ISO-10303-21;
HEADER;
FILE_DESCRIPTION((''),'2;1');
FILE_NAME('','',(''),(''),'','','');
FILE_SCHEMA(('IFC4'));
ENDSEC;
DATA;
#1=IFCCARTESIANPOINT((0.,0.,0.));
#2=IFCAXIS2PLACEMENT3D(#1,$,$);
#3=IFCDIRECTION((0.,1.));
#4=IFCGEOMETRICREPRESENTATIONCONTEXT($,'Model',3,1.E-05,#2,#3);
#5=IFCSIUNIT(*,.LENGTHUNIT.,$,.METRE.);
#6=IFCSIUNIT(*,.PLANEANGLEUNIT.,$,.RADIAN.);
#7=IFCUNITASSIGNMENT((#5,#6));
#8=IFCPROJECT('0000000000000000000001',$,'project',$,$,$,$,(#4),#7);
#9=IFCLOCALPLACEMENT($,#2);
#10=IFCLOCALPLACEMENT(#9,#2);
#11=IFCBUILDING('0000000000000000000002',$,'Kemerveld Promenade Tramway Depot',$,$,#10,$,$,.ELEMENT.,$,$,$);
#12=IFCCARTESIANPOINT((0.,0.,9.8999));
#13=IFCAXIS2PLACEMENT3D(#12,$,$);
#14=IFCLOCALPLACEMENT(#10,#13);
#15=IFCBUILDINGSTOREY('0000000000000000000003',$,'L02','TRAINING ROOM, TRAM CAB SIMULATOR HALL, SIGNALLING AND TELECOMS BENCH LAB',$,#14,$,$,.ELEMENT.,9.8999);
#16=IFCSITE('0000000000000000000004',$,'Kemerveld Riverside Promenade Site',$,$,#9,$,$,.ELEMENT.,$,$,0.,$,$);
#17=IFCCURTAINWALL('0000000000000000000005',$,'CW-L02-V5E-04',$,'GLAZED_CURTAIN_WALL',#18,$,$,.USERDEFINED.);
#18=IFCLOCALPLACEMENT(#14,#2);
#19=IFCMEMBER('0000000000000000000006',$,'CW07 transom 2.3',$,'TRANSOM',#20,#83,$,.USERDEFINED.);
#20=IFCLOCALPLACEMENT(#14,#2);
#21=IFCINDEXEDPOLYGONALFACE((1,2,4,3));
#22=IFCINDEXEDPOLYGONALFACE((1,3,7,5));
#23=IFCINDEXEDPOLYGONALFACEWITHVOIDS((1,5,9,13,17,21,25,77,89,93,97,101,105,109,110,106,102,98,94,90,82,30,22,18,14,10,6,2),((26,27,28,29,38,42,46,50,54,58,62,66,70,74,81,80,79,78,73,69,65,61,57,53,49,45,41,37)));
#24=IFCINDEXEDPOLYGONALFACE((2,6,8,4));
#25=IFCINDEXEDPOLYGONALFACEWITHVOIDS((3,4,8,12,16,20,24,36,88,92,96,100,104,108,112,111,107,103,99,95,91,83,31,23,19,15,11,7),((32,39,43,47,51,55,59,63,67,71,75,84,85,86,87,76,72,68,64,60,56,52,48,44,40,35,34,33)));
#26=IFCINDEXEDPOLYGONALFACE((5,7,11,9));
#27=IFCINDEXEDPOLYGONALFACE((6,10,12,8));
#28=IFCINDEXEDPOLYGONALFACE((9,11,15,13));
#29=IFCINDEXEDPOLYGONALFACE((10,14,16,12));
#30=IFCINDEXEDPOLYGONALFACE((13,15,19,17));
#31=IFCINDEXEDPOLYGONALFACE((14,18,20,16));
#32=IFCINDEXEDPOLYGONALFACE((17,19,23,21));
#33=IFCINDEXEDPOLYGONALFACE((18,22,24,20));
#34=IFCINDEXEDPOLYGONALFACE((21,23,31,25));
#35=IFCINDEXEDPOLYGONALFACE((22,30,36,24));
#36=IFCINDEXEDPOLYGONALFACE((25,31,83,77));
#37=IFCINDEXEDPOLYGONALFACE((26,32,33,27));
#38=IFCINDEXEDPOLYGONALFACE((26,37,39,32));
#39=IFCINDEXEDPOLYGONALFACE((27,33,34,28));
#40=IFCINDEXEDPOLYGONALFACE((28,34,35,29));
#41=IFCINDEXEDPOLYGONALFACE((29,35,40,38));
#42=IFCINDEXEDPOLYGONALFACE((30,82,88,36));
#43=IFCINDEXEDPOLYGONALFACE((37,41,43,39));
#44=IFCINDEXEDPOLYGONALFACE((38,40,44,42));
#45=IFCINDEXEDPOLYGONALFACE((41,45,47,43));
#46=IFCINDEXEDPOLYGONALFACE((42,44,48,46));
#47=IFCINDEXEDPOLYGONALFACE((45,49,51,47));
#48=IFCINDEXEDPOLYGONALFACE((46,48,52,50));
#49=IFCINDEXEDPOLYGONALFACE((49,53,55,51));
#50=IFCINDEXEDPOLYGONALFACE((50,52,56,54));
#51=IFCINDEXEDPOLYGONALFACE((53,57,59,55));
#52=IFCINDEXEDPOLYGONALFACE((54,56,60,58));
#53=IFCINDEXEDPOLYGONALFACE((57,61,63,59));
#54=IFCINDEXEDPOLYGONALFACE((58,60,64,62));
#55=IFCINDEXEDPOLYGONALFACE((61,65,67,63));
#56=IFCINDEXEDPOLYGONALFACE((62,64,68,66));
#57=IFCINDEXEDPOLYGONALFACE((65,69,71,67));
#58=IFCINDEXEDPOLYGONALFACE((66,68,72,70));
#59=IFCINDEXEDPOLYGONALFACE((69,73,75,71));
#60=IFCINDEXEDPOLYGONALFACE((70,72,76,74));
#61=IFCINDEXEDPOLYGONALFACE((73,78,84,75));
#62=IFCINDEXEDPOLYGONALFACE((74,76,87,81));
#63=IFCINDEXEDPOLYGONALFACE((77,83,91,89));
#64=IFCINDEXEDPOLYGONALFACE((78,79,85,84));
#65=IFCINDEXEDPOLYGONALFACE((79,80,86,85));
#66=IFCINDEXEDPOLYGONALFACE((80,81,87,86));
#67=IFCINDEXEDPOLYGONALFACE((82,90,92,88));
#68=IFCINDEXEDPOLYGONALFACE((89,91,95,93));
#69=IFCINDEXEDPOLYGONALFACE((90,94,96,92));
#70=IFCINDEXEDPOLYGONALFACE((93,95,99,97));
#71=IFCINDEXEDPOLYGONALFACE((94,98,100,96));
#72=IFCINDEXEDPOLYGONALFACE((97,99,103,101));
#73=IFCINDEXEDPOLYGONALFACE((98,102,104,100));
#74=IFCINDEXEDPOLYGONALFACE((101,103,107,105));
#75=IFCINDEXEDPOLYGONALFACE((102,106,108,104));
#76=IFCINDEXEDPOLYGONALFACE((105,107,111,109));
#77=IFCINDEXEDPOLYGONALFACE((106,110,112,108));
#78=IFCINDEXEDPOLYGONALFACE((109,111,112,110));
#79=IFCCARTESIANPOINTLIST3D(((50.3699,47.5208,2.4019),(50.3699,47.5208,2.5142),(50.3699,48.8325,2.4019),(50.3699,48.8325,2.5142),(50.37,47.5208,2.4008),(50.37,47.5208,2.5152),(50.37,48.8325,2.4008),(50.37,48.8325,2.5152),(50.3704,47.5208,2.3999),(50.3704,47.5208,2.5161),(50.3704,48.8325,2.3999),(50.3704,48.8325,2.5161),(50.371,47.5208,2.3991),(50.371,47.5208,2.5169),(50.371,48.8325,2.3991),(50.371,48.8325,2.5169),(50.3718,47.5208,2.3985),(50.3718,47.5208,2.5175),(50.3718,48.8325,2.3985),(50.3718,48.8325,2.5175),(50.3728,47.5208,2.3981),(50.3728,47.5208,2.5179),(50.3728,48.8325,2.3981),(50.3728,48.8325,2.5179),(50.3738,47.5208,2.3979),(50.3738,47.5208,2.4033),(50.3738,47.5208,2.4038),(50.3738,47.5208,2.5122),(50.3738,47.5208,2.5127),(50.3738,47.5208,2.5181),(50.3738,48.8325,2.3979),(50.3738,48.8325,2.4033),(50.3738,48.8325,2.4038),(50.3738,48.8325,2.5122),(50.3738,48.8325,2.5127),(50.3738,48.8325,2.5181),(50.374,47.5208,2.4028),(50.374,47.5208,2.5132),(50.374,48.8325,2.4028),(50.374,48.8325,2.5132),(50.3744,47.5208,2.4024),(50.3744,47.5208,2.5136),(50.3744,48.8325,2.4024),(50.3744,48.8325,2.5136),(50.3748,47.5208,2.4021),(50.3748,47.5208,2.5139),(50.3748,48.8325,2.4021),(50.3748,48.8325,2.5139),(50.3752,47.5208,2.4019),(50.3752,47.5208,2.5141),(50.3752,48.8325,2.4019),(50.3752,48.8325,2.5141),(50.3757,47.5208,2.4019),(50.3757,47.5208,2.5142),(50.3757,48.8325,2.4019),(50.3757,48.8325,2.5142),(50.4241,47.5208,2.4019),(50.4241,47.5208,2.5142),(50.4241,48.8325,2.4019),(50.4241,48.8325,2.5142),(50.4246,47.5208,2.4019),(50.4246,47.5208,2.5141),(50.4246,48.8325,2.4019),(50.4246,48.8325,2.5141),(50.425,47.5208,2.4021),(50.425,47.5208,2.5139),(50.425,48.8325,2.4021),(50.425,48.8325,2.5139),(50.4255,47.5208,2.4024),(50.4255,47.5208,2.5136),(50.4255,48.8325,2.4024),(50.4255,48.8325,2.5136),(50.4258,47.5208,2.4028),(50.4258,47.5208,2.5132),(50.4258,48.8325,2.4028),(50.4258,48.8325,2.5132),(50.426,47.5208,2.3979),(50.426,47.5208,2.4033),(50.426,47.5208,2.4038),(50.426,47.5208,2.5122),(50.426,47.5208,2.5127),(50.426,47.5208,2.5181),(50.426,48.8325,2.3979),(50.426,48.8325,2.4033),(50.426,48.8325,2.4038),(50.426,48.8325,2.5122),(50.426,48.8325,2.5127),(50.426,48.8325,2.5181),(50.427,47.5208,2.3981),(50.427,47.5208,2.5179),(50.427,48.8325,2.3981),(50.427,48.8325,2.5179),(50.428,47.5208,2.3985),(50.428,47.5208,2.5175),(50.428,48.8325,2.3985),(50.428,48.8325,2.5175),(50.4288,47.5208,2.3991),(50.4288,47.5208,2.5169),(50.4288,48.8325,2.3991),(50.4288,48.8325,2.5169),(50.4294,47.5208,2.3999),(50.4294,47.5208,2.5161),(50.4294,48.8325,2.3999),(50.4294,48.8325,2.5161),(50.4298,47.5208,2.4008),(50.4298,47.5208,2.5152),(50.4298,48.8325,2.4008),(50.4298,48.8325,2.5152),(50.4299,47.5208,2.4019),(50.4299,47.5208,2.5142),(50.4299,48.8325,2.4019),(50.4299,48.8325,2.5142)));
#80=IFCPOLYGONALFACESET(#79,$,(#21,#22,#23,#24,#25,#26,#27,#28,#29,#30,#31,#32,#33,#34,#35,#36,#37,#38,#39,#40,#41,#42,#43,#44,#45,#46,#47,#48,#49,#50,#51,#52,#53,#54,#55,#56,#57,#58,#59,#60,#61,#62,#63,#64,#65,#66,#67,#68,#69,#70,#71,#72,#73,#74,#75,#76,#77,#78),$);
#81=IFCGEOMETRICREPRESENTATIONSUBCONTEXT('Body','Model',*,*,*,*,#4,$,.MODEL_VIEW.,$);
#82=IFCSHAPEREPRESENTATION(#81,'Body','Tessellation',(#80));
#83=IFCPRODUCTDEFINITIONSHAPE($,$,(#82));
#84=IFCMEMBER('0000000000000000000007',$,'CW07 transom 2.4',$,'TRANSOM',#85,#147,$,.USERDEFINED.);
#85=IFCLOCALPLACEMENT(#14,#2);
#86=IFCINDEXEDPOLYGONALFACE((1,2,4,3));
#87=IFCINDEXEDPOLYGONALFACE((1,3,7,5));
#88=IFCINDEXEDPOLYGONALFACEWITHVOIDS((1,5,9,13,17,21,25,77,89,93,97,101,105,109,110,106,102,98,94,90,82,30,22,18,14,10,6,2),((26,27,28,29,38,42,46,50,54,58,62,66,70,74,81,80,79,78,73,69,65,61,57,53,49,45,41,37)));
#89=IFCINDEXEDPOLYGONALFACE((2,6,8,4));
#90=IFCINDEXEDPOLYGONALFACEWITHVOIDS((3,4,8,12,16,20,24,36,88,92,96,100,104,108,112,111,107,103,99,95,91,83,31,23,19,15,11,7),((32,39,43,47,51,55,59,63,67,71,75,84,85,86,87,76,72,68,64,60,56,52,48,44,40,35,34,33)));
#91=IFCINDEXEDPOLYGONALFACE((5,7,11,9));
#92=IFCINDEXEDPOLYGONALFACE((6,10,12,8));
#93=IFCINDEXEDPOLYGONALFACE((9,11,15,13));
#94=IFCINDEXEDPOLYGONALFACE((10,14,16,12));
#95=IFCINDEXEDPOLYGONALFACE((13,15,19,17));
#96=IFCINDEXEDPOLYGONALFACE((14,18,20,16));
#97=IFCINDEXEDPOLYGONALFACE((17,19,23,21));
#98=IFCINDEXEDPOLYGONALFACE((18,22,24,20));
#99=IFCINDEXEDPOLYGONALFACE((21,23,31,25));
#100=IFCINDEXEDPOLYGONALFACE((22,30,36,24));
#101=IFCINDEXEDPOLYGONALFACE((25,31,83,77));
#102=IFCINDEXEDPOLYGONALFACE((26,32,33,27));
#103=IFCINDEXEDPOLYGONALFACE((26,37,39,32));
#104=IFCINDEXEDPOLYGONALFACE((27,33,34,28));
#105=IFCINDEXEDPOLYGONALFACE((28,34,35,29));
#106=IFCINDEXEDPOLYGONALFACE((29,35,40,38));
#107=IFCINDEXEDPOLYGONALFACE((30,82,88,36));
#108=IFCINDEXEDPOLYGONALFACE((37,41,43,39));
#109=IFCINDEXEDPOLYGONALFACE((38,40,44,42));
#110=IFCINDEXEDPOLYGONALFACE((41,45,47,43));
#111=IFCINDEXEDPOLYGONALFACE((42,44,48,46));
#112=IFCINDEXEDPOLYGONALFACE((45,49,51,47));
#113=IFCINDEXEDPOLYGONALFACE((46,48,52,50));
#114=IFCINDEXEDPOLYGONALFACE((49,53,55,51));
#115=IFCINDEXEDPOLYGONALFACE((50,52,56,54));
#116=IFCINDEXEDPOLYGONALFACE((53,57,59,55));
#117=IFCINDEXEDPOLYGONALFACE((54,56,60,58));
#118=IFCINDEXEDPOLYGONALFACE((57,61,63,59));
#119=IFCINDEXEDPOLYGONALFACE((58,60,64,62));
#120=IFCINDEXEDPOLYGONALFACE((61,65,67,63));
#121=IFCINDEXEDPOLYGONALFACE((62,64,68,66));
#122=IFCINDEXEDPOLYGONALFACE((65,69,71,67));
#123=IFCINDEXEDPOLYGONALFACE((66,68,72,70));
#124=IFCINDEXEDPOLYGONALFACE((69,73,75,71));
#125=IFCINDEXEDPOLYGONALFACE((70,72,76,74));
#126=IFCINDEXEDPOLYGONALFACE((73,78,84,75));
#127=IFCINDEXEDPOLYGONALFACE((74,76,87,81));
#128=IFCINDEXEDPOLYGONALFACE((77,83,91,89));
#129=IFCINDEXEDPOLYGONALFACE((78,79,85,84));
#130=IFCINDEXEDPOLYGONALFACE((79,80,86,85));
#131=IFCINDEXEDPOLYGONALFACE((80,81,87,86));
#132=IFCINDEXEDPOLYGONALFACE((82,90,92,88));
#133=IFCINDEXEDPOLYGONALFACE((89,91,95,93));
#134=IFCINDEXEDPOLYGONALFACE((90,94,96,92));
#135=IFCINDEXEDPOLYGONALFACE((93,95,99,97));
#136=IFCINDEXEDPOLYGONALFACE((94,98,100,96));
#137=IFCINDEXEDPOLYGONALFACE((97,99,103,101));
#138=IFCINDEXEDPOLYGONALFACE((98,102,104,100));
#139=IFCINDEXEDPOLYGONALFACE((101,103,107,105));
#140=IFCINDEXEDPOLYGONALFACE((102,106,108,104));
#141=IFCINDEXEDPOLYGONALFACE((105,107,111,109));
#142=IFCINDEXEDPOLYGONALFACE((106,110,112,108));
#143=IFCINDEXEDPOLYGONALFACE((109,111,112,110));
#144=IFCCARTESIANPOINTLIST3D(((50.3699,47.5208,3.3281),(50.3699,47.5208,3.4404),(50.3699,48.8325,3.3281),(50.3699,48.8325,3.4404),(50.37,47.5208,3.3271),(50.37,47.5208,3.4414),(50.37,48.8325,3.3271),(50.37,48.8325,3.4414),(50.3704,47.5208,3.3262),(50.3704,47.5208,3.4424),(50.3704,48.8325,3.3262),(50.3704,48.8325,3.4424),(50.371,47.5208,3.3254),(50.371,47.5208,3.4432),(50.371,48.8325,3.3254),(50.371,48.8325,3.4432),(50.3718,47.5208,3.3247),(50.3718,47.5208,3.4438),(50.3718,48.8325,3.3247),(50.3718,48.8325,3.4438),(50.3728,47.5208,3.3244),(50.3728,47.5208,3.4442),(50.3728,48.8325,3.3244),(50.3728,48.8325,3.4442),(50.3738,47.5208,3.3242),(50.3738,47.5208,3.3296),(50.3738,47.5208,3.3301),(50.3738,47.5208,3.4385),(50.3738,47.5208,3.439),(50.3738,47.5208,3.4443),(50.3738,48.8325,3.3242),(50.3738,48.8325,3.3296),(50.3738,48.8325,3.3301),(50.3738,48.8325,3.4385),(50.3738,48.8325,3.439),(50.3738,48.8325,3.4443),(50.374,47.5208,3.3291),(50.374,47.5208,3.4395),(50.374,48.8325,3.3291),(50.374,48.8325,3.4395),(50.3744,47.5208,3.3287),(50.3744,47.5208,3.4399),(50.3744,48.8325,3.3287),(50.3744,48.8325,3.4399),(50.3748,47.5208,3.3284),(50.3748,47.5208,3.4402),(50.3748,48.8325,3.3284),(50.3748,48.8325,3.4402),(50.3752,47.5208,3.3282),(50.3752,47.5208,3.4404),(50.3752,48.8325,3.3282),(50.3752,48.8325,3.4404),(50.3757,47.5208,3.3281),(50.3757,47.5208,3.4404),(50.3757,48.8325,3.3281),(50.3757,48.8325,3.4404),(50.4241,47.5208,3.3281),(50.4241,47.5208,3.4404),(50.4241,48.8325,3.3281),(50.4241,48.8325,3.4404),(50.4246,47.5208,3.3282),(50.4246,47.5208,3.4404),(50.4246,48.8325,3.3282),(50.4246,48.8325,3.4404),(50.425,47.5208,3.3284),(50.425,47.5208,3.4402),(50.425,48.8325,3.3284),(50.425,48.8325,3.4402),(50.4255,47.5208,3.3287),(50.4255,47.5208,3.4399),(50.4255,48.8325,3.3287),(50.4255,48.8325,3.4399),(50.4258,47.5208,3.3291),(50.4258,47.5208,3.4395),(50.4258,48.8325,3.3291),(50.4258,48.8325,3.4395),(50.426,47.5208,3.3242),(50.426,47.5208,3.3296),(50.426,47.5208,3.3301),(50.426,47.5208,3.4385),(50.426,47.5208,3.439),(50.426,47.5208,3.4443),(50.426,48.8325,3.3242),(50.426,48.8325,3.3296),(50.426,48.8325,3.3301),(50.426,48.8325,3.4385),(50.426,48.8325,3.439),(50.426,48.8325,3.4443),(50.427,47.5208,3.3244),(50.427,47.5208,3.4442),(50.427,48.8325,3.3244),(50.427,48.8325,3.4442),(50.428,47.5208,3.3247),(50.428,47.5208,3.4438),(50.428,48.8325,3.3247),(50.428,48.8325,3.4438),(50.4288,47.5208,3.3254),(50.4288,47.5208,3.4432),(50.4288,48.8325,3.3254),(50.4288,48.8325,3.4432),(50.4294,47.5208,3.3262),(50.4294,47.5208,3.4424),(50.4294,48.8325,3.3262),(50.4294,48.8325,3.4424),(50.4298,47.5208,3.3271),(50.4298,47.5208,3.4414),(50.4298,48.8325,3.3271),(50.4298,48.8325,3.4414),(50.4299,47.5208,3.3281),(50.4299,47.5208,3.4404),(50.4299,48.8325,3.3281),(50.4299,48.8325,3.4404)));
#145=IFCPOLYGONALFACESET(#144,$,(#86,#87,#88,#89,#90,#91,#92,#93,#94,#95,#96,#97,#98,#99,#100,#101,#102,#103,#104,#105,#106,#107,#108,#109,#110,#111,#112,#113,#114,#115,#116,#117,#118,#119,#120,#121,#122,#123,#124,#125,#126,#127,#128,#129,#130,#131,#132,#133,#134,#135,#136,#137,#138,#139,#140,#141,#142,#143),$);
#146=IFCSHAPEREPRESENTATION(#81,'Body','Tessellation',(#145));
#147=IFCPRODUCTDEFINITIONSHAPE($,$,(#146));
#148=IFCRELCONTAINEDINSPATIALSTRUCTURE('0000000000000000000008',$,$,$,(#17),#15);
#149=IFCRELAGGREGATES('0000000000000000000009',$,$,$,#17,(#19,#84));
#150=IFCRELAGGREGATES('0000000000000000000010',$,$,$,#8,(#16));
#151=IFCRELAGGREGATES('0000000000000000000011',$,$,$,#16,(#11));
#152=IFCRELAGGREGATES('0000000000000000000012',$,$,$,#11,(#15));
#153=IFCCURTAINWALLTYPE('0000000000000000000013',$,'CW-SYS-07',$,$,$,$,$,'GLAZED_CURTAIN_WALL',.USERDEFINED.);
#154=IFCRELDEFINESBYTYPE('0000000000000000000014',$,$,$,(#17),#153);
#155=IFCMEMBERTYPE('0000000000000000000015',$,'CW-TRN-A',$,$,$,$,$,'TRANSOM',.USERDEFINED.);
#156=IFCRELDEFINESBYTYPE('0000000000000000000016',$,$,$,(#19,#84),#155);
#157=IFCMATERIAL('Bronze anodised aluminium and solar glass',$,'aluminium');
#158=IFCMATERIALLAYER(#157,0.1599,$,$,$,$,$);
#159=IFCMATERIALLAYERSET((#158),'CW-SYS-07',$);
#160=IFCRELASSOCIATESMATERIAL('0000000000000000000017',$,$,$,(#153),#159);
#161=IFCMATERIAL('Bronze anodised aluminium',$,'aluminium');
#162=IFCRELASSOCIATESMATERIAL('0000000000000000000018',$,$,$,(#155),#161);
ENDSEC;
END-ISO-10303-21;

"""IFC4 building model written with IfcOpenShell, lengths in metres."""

from ifc_helpers import new_model, si_unit, direction, frame, origin, origin_2d, place, context, subcontext, project, spatial, hollow_rectangle, extrude, material, layer, layer_set, material_profile, profile_set, type_object, element, aggregate, save


model = new_model("IFC4")

# Units and contexts
model_context = context("Model", 3, precision=1e-05, world=origin(), true_north=direction((0.0, 1.0)))
body_context = subcontext(model_context, "Body", "Model", "MODEL_VIEW")
ifc_project = project(units=[si_unit("LENGTHUNIT", "METRE"), si_unit("PLANEANGLEUNIT", "RADIAN")], contexts=[model_context])

# Site, building, storey
site_placement = place(None, origin())
site = spatial("IfcSite", under=ifc_project, at=site_placement, Name="Kemerveld Riverside Promenade Site", CompositionType="ELEMENT", RefElevation=0.0)
building_placement = place(site_placement, origin())
building = spatial("IfcBuilding", under=site, at=building_placement, Name="Kemerveld Promenade Tramway Depot", CompositionType="ELEMENT")
storey_placement = place(building_placement, frame((0.0, 0.0, 9.8999)))
storey = spatial("IfcBuildingStorey", under=building, at=storey_placement, Name="L02", Description="TRAINING ROOM, TRAM CAB SIMULATOR HALL, SIGNALLING AND TELECOMS BENCH LAB", CompositionType="ELEMENT", Elevation=9.8999)

# Curtain wall, members
ifc_material_1 = material(Name="Bronze anodised aluminium and solar glass", Category="aluminium")
ifc_layer_1 = layer(ifc_material_1, 0.1599)
ifc_layer_set_1 = layer_set([ifc_layer_1], Name="CW-SYS-07")
curtain_wall_type = type_object("IfcCurtainWallType", Name="CW-SYS-07", ElementType="GLAZED_CURTAIN_WALL", PredefinedType="USERDEFINED", material=ifc_layer_set_1)
curtain_wall_placement = place(storey_placement, origin())
curtain_wall = element("IfcCurtainWall", 1, at=curtain_wall_placement, inside=storey, type_object=curtain_wall_type, Name="CW-L02-V5E-04", ObjectType="GLAZED_CURTAIN_WALL", PredefinedType="USERDEFINED")
ifc_material_2 = material(Name="Bronze anodised aluminium", Category="aluminium")
ifc_material_profile_1 = material_profile(ifc_material_2, hollow_rectangle(XDim=0.0601, YDim=0.1201, WallThickness=0.0039, InnerFilletRadius=0.002, OuterFilletRadius=0.0039, at=origin_2d()), Name="CW-TRN-120x60")
ifc_profile_set_1 = profile_set([ifc_material_profile_1], Name="Bronze anodised aluminium")
member_type_1 = type_object("IfcMemberType", Name="CW-TRN-A", ElementType="TRANSOM", PredefinedType="USERDEFINED", material=ifc_profile_set_1)
member_1_placement = place(storey_placement, frame((50.3999, 48.8325, 2.458), z_axis=(0.0, -1.0, 0.0), x_axis=(1.0, 0.0, 0.0)))
member_1 = element("IfcMember", 2, at=member_1_placement, type_object=member_type_1, Name="CW07 transom 2.3", ObjectType="TRANSOM", PredefinedType="USERDEFINED", context=body_context, shape_type="SweptSolid", body=[
    extrude(hollow_rectangle(XDim=0.0601, YDim=0.1201, WallThickness=0.0039, InnerFilletRadius=0.002, OuterFilletRadius=0.0039, at=origin_2d()), origin(), (0.0, 0.0, 1.0), 1.3118),
])
member_2_placement = place(storey_placement, frame((50.3999, 48.8325, 3.3843), z_axis=(0.0, -1.0, 0.0), x_axis=(1.0, 0.0, 0.0)))
member_2 = element("IfcMember", 3, at=member_2_placement, type_object=member_type_1, Name="CW07 transom 2.4", ObjectType="TRANSOM", PredefinedType="USERDEFINED", context=body_context, shape_type="SweptSolid", body=[
    extrude(hollow_rectangle(XDim=0.0601, YDim=0.1201, WallThickness=0.0039, InnerFilletRadius=0.002, OuterFilletRadius=0.0039, at=origin_2d()), origin(), (0.0, 0.0, 1.0), 1.3118),
])
aggregate(curtain_wall, [member_1, member_2])

save(model, "model.ifc")
